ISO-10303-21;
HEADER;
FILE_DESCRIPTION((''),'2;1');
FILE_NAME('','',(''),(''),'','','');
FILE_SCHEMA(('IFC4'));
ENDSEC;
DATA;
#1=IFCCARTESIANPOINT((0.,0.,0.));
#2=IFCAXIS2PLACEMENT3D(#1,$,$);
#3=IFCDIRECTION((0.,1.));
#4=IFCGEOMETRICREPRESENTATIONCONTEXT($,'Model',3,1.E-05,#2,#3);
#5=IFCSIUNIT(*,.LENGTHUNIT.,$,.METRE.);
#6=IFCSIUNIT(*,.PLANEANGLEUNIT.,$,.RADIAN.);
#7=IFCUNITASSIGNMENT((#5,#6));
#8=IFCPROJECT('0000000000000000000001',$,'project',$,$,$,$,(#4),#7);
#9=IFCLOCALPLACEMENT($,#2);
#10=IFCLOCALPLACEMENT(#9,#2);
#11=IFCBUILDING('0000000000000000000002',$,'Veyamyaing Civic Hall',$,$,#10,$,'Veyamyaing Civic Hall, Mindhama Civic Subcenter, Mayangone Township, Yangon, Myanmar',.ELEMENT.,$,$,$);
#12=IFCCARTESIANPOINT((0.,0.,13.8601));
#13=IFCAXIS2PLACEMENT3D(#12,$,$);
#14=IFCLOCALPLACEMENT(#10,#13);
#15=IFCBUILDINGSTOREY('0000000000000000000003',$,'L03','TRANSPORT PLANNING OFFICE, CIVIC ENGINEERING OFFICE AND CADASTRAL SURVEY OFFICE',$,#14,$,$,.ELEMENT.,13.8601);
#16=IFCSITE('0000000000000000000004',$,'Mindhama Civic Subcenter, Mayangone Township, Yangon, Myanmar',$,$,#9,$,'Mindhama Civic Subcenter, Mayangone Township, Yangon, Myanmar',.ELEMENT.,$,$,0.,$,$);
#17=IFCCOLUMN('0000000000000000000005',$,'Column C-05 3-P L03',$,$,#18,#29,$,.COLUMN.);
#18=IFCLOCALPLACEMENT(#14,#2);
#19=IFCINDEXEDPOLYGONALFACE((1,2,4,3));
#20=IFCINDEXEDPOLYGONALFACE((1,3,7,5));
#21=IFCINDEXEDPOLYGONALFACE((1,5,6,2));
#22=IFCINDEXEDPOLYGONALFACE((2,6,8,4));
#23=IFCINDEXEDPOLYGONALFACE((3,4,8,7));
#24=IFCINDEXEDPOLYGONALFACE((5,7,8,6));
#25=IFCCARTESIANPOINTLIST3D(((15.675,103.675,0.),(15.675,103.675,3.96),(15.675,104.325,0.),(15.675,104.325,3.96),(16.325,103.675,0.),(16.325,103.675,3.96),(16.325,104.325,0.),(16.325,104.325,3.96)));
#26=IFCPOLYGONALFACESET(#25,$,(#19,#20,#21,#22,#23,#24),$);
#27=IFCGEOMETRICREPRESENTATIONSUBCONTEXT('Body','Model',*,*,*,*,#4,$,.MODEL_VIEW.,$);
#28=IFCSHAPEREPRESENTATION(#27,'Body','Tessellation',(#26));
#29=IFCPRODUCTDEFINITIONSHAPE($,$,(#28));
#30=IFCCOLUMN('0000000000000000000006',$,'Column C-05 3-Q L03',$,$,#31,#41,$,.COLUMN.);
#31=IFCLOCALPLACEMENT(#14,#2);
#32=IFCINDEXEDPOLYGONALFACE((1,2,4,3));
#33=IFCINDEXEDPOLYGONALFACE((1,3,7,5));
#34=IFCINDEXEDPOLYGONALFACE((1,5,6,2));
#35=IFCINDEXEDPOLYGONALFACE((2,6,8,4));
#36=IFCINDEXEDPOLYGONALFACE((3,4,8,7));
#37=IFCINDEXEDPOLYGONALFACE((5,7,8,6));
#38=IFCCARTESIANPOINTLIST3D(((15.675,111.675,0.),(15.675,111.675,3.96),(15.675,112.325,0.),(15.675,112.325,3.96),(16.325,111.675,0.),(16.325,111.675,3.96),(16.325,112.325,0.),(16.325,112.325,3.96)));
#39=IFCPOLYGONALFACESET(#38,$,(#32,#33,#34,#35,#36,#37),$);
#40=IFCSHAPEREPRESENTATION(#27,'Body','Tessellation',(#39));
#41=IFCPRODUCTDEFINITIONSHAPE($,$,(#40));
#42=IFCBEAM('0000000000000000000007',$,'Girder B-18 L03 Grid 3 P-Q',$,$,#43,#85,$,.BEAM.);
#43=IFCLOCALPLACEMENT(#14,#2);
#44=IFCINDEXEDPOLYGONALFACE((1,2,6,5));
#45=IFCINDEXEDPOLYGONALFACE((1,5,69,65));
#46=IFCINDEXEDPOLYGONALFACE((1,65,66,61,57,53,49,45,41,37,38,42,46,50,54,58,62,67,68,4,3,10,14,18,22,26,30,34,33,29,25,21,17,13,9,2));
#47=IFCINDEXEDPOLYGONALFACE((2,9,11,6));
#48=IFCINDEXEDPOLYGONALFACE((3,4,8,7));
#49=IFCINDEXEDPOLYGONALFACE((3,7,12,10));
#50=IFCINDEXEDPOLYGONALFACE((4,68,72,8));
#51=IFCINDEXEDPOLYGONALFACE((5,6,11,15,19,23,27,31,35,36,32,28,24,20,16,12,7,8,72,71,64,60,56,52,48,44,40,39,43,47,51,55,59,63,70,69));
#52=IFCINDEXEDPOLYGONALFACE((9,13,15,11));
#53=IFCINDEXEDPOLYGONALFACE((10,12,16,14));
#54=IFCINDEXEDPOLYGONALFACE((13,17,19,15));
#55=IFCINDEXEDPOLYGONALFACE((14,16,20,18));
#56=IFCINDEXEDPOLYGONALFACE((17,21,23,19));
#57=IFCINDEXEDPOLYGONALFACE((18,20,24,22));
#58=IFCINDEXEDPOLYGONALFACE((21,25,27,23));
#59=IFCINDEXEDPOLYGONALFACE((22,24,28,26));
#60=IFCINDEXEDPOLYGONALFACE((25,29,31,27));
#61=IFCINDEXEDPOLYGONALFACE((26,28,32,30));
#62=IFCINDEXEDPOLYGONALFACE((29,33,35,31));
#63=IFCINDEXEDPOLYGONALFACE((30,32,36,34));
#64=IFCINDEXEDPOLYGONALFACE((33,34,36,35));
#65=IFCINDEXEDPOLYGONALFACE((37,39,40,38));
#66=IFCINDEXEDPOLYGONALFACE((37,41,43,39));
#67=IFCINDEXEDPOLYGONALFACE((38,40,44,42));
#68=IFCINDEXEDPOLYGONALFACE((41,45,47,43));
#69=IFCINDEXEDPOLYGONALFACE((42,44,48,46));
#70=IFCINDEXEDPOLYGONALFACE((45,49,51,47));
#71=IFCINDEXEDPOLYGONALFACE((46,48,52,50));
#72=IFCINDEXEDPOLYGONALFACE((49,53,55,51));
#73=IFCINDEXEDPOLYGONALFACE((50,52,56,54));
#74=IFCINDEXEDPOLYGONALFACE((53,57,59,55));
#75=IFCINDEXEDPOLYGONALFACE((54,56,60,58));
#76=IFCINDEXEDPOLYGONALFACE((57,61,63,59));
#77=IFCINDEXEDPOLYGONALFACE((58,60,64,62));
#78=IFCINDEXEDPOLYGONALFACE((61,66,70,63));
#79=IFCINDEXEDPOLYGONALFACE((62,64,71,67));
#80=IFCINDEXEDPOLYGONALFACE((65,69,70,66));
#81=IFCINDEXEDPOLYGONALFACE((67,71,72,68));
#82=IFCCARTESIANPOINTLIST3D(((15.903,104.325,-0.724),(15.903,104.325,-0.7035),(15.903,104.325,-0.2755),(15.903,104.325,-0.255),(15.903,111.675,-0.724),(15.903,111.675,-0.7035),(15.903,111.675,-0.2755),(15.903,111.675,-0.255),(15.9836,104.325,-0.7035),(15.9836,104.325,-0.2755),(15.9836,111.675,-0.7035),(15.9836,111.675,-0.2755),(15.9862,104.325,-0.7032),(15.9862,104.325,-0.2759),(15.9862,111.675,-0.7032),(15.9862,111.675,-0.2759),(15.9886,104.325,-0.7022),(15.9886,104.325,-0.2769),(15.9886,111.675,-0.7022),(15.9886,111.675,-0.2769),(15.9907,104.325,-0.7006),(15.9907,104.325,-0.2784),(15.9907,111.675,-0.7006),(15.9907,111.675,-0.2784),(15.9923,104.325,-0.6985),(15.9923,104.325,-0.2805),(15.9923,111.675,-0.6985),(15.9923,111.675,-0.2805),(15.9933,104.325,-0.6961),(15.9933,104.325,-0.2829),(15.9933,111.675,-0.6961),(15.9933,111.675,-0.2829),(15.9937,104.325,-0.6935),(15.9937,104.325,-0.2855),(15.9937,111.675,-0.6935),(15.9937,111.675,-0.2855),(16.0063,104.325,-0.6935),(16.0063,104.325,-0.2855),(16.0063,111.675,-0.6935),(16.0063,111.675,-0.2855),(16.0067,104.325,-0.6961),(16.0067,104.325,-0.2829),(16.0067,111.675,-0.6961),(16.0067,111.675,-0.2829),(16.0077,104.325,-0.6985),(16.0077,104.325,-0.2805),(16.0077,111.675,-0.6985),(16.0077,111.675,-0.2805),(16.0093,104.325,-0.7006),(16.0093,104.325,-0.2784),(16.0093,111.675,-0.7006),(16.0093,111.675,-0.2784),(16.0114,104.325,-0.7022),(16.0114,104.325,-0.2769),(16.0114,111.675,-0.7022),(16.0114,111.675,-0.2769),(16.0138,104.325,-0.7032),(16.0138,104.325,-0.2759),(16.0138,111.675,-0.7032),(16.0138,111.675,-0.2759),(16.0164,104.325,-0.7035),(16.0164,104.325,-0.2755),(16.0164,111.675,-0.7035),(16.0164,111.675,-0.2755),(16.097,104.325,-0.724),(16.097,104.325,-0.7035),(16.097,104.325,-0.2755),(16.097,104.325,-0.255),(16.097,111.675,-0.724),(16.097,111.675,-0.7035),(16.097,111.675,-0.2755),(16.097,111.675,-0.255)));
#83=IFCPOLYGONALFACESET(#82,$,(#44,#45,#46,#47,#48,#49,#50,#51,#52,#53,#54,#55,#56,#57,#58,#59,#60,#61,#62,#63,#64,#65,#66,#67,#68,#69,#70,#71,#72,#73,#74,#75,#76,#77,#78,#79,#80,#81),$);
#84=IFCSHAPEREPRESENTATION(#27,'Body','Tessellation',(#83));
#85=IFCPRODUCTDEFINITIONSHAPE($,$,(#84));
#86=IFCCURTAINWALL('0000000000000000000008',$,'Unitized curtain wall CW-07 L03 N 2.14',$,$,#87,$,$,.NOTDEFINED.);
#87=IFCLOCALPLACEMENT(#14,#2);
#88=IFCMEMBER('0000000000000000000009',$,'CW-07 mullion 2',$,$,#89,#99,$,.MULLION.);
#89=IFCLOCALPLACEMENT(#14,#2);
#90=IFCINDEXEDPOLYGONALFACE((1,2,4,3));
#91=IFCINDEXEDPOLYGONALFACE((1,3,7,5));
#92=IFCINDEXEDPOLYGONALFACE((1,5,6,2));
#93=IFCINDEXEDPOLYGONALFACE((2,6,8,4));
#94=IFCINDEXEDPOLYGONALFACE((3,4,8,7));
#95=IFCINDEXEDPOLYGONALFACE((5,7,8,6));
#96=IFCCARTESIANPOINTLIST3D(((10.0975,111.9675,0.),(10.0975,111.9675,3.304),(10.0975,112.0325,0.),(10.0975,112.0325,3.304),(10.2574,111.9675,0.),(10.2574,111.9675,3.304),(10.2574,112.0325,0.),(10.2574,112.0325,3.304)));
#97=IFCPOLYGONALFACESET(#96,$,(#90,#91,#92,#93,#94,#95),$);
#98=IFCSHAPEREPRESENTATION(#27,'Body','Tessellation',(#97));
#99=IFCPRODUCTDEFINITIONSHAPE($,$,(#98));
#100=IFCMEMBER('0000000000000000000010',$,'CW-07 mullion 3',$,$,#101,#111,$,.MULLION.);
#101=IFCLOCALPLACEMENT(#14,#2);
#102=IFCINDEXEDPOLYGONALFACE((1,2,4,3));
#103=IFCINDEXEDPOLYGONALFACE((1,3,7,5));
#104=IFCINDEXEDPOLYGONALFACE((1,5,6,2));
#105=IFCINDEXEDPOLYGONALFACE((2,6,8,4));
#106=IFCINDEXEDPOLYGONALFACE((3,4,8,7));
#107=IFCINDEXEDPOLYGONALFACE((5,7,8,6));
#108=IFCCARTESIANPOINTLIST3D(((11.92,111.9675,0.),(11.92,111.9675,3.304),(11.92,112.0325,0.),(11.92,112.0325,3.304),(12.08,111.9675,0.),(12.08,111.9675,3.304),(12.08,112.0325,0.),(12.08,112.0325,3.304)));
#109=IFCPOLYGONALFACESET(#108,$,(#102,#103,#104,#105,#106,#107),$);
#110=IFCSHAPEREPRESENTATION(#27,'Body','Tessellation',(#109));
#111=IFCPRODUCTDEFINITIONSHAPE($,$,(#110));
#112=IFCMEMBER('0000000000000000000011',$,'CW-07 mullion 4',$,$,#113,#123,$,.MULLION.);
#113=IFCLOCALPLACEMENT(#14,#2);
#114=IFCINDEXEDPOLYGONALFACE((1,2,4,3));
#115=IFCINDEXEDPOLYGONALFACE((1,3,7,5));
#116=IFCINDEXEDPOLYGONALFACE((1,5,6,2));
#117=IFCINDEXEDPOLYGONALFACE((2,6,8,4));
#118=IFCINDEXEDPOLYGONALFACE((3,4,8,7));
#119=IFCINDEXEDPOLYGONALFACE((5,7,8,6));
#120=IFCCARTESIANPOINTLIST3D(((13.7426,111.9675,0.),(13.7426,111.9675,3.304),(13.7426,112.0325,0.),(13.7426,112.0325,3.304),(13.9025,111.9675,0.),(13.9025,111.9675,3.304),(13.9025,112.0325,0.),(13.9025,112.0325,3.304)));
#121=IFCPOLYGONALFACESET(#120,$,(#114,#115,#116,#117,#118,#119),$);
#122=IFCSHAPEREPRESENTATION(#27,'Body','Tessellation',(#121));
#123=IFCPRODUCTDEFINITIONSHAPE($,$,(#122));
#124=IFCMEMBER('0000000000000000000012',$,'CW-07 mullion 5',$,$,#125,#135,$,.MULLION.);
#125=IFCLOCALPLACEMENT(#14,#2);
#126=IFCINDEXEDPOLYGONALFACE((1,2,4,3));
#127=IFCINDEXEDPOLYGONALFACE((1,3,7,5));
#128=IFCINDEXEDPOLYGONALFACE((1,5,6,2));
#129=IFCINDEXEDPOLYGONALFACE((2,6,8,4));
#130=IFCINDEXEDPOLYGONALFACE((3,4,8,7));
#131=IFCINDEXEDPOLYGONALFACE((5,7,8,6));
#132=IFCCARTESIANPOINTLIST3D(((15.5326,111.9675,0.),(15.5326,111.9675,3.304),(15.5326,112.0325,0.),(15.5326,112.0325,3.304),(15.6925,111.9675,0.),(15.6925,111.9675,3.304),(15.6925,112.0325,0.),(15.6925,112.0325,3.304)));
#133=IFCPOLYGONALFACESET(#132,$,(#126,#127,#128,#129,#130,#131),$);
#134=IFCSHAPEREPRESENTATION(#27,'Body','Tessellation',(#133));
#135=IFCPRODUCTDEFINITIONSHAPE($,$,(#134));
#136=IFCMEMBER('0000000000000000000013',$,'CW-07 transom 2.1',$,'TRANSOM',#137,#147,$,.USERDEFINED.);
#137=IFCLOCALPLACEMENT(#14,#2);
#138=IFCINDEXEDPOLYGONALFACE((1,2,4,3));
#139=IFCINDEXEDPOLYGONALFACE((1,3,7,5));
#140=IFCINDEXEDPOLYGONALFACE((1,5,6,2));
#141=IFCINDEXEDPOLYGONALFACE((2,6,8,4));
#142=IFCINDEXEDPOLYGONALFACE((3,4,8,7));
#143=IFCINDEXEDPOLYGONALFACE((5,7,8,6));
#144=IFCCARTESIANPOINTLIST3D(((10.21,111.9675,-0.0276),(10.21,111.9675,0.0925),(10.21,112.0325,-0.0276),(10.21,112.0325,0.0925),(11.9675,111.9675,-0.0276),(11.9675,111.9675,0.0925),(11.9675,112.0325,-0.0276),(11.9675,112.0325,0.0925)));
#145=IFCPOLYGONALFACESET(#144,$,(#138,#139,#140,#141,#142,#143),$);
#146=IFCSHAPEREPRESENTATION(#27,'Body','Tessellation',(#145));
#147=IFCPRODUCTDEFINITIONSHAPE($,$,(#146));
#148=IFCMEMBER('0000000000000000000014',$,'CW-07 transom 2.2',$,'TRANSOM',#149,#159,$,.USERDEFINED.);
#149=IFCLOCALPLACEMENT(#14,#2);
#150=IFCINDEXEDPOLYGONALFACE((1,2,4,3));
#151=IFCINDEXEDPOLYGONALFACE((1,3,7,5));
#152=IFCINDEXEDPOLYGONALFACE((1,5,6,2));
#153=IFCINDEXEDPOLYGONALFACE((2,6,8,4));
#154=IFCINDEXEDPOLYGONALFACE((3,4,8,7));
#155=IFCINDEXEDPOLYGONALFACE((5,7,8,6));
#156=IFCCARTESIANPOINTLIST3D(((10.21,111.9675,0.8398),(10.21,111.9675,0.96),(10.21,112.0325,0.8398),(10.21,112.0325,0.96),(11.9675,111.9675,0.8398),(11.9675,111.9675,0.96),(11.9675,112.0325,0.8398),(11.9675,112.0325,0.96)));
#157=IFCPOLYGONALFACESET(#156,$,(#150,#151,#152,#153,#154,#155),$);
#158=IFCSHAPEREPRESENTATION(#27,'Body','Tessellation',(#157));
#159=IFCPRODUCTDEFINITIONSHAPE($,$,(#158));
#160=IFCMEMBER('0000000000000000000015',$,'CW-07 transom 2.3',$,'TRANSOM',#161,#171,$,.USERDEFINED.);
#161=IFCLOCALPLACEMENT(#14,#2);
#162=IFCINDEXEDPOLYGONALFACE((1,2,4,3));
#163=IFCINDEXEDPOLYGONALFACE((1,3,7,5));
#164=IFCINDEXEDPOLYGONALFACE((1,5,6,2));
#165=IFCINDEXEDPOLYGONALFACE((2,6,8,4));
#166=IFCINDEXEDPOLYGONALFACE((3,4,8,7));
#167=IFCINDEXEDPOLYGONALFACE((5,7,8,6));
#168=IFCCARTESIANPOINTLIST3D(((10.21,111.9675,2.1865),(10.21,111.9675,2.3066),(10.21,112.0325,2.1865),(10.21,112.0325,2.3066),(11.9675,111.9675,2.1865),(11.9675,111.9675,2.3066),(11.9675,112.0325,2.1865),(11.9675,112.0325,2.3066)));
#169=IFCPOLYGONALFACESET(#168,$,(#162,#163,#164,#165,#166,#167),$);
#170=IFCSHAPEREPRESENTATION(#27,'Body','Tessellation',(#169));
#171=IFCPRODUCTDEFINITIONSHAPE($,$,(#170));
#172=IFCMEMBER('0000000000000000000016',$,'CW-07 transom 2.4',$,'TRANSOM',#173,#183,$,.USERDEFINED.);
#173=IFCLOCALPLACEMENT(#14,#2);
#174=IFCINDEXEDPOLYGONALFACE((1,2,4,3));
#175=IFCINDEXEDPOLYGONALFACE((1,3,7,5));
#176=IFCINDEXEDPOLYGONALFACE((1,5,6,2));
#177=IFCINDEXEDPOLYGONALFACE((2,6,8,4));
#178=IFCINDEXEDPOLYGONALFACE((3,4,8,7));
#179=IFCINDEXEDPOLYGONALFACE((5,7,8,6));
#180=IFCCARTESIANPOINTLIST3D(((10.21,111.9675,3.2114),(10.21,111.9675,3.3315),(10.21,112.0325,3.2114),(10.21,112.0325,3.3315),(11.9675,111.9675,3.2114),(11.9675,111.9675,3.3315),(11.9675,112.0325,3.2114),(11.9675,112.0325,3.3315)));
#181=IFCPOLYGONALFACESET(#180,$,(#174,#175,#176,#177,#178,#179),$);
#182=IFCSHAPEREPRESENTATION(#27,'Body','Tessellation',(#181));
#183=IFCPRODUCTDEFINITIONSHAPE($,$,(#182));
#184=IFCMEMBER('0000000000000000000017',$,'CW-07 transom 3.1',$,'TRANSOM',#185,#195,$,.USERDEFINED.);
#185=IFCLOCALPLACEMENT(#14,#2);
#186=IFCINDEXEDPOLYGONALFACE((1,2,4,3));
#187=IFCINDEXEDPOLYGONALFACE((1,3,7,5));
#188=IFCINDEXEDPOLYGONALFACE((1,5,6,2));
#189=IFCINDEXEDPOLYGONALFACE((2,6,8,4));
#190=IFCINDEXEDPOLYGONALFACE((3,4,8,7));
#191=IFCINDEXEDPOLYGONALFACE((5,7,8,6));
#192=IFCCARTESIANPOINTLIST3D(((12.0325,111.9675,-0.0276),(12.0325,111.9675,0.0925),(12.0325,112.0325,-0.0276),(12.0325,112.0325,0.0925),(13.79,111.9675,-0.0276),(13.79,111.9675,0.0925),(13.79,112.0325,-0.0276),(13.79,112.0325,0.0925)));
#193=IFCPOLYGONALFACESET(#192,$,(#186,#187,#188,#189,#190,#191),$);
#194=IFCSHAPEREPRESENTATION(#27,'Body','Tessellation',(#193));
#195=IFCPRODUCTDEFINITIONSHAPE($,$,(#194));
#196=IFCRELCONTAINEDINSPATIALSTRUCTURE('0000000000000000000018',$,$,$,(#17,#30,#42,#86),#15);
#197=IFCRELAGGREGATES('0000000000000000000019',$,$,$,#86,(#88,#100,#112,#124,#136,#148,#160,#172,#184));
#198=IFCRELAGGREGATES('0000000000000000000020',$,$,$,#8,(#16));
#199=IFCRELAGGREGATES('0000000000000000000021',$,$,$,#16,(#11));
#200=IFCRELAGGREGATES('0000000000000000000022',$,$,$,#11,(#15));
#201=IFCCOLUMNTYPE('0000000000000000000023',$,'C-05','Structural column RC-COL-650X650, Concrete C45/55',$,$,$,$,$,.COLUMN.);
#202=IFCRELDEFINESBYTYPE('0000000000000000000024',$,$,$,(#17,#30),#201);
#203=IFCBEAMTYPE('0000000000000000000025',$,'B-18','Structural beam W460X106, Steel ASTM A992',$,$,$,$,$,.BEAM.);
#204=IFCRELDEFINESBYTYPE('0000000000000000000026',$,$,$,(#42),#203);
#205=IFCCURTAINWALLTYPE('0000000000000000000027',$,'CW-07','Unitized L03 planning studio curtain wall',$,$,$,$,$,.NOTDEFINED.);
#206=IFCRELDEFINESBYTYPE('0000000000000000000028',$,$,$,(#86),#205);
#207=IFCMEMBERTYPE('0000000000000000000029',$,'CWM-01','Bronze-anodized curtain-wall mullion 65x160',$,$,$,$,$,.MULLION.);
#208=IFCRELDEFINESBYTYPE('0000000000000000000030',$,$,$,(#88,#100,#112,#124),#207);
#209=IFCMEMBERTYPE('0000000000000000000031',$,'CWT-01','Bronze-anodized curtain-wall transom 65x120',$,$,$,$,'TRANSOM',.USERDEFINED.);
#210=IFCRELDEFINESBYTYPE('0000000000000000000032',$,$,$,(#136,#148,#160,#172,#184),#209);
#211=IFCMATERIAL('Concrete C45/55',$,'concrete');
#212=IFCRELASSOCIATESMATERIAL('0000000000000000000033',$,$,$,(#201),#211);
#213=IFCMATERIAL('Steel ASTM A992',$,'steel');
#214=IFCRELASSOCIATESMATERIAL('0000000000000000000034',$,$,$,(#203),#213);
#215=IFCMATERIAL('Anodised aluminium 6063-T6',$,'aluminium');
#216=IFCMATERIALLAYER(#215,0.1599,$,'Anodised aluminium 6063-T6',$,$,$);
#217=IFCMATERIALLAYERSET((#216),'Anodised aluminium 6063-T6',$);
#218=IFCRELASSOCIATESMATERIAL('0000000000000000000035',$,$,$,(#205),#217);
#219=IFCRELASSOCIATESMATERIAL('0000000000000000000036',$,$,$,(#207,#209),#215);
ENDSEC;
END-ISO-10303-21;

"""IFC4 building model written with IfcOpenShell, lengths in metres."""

from ifc_helpers import new_model, si_unit, direction, frame, origin, origin_2d, place, context, subcontext, project, spatial, rectangle, i_section, extrude, material, layer, layer_set, material_profile, profile_set, type_object, element, aggregate, save


model = new_model("IFC4")

# Units and contexts
model_context = context("Model", 3, precision=1e-05, world=origin(), true_north=direction((0.0, 1.0)))
body_context = subcontext(model_context, "Body", "Model", "MODEL_VIEW")
ifc_project = project(units=[si_unit("LENGTHUNIT", "METRE"), si_unit("PLANEANGLEUNIT", "RADIAN")], contexts=[model_context])

# Site, building, storey
site_placement = place(None, origin())
site = spatial("IfcSite", under=ifc_project, at=site_placement, Name="Mindhama Civic Subcenter, Mayangone Township, Yangon, Myanmar", LongName="Mindhama Civic Subcenter, Mayangone Township, Yangon, Myanmar", CompositionType="ELEMENT", RefElevation=0.0)
building_placement = place(site_placement, origin())
building = spatial("IfcBuilding", under=site, at=building_placement, Name="Veyamyaing Civic Hall", LongName="Veyamyaing Civic Hall, Mindhama Civic Subcenter, Mayangone Township, Yangon, Myanmar", CompositionType="ELEMENT")
storey_placement = place(building_placement, frame((0.0, 0.0, 13.8601)))
storey = spatial("IfcBuildingStorey", under=building, at=storey_placement, Name="L03", Description="TRANSPORT PLANNING OFFICE, CIVIC ENGINEERING OFFICE AND CADASTRAL SURVEY OFFICE", CompositionType="ELEMENT", Elevation=13.8601)

# Columns
ifc_material_1 = material(Name="Concrete C45/55", Category="concrete")
ifc_material_profile_1 = material_profile(ifc_material_1, rectangle(XDim=0.6499, YDim=0.6499, at=origin_2d()), Name="RC-COL-650X650")
ifc_profile_set_1 = profile_set([ifc_material_profile_1], Name="Concrete C45/55")
column_type = type_object("IfcColumnType", Name="C-05", Description="Structural column RC-COL-650X650, Concrete C45/55", PredefinedType="COLUMN", material=ifc_profile_set_1)
for number, where, z_axis, x_axis, name in (
    (1, (16.0, 104.0, 0.0), (0.0, 0.0, 1.0), (1.0, 0.0, 0.0), "Column C-05 3-P L03"),
    (2, (16.0, 112.0, 0.0), (0.0, 0.0, 1.0), (1.0, 0.0, 0.0), "Column C-05 3-Q L03"),
):
    element("IfcColumn", number, at=place(storey_placement, frame(where, z_axis=z_axis, x_axis=x_axis)), inside=storey, type_object=column_type, Name=name, PredefinedType="COLUMN", context=body_context, shape_type="SweptSolid", body=[
        extrude(rectangle(XDim=0.6499, YDim=0.6499, at=origin_2d()), origin(), (0.0, 0.0, 1.0), 3.96),
    ])

# Beam
ifc_material_2 = material(Name="Steel ASTM A992", Category="steel")
ifc_material_profile_2 = material_profile(ifc_material_2, i_section(OverallWidth=0.1941, OverallDepth=0.469, WebThickness=0.0127, FlangeThickness=0.0205, FilletRadius=0.01, at=origin_2d()), Name="W460X106")
ifc_profile_set_2 = profile_set([ifc_material_profile_2], Name="Steel ASTM A992")
beam_type_1 = type_object("IfcBeamType", Name="B-18", Description="Structural beam W460X106, Steel ASTM A992", PredefinedType="BEAM", material=ifc_profile_set_2)
beam_1_placement = place(storey_placement, frame((16.0, 104.325, -0.4895), z_axis=(0.0, 1.0, 0.0), x_axis=(-1.0, 0.0, 0.0)))
element("IfcBeam", 3, at=beam_1_placement, inside=storey, type_object=beam_type_1, Name="Girder B-18 L03 Grid 3 P-Q", PredefinedType="BEAM", context=body_context, shape_type="SweptSolid", body=[
    extrude(i_section(OverallWidth=0.1941, OverallDepth=0.469, WebThickness=0.0127, FlangeThickness=0.0205, FilletRadius=0.01, at=origin_2d()), origin(), (0.0, 0.0, 1.0), 7.3501),
])

# Curtain wall, members
ifc_material_3 = material(Name="Anodised aluminium 6063-T6", Category="aluminium")
ifc_layer_1 = layer(ifc_material_3, 0.1599, Name="Anodised aluminium 6063-T6")
ifc_layer_set_1 = layer_set([ifc_layer_1], Name="Anodised aluminium 6063-T6")
curtain_wall_type = type_object("IfcCurtainWallType", Name="CW-07", Description="Unitized L03 planning studio curtain wall", PredefinedType="NOTDEFINED", material=ifc_layer_set_1)
curtain_wall_placement = place(storey_placement, origin())
curtain_wall = element("IfcCurtainWall", 4, at=curtain_wall_placement, inside=storey, type_object=curtain_wall_type, Name="Unitized curtain wall CW-07 L03 N 2.14", PredefinedType="NOTDEFINED")
ifc_material_profile_3 = material_profile(ifc_material_3, rectangle(XDim=0.0649, YDim=0.1599, at=origin_2d()), Name="ALU-MUL-65X160")
ifc_profile_set_3 = profile_set([ifc_material_profile_3], Name="Anodised aluminium 6063-T6")
member_type_1 = type_object("IfcMemberType", Name="CWM-01", Description="Bronze-anodized curtain-wall mullion 65x160", PredefinedType="MULLION", material=ifc_profile_set_3)
member_1_placement = place(storey_placement, frame((10.1775, 112.0, 0.0), z_axis=(0.0, 0.0, 1.0), x_axis=(0.0, 1.0, 0.0)))
member_1 = element("IfcMember", 5, at=member_1_placement, type_object=member_type_1, Name="CW-07 mullion 2", PredefinedType="MULLION", context=body_context, shape_type="SweptSolid", body=[
    extrude(rectangle(XDim=0.0649, YDim=0.1599, at=origin_2d()), origin(), (0.0, 0.0, 1.0), 3.304),
])
member_2_placement = place(storey_placement, frame((12.0, 112.0, 0.0), z_axis=(0.0, 0.0, 1.0), x_axis=(0.0, 1.0, 0.0)))
member_2 = element("IfcMember", 6, at=member_2_placement, type_object=member_type_1, Name="CW-07 mullion 3", PredefinedType="MULLION", context=body_context, shape_type="SweptSolid", body=[
    extrude(rectangle(XDim=0.0649, YDim=0.1599, at=origin_2d()), origin(), (0.0, 0.0, 1.0), 3.304),
])
member_3_placement = place(storey_placement, frame((13.8225, 112.0, 0.0), z_axis=(0.0, 0.0, 1.0), x_axis=(0.0, 1.0, 0.0)))
member_3 = element("IfcMember", 7, at=member_3_placement, type_object=member_type_1, Name="CW-07 mullion 4", PredefinedType="MULLION", context=body_context, shape_type="SweptSolid", body=[
    extrude(rectangle(XDim=0.0649, YDim=0.1599, at=origin_2d()), origin(), (0.0, 0.0, 1.0), 3.304),
])
member_4_placement = place(storey_placement, frame((15.6125, 112.0, 0.0), z_axis=(0.0, 0.0, 1.0), x_axis=(0.0, 1.0, 0.0)))
member_4 = element("IfcMember", 8, at=member_4_placement, type_object=member_type_1, Name="CW-07 mullion 5", PredefinedType="MULLION", context=body_context, shape_type="SweptSolid", body=[
    extrude(rectangle(XDim=0.0649, YDim=0.1599, at=origin_2d()), origin(), (0.0, 0.0, 1.0), 3.304),
])
ifc_material_profile_4 = material_profile(ifc_material_3, rectangle(XDim=0.0649, YDim=0.1201, at=origin_2d()), Name="ALU-TRN-65X120")
ifc_profile_set_4 = profile_set([ifc_material_profile_4], Name="Anodised aluminium 6063-T6")
member_type_2 = type_object("IfcMemberType", Name="CWT-01", Description="Bronze-anodized curtain-wall transom 65x120", ElementType="TRANSOM", PredefinedType="USERDEFINED", material=ifc_profile_set_4)
member_5_placement = place(storey_placement, frame((10.21, 112.0, 0.0325), z_axis=(1.0, 0.0, 0.0), x_axis=(0.0, 1.0, 0.0)))
member_5 = element("IfcMember", 9, at=member_5_placement, type_object=member_type_2, Name="CW-07 transom 2.1", ObjectType="TRANSOM", PredefinedType="USERDEFINED", context=body_context, shape_type="SweptSolid", body=[
    extrude(rectangle(XDim=0.0649, YDim=0.1201, at=origin_2d()), origin(), (0.0, 0.0, 1.0), 1.7576),
])
member_6_placement = place(storey_placement, frame((10.21, 112.0, 0.8999), z_axis=(1.0, 0.0, 0.0), x_axis=(0.0, 1.0, 0.0)))
member_6 = element("IfcMember", 10, at=member_6_placement, type_object=member_type_2, Name="CW-07 transom 2.2", ObjectType="TRANSOM", PredefinedType="USERDEFINED", context=body_context, shape_type="SweptSolid", body=[
    extrude(rectangle(XDim=0.0649, YDim=0.1201, at=origin_2d()), origin(), (0.0, 0.0, 1.0), 1.7576),
])
member_7_placement = place(storey_placement, frame((10.21, 112.0, 2.2466), z_axis=(1.0, 0.0, 0.0), x_axis=(0.0, 1.0, 0.0)))
member_7 = element("IfcMember", 11, at=member_7_placement, type_object=member_type_2, Name="CW-07 transom 2.3", ObjectType="TRANSOM", PredefinedType="USERDEFINED", context=body_context, shape_type="SweptSolid", body=[
    extrude(rectangle(XDim=0.0649, YDim=0.1201, at=origin_2d()), origin(), (0.0, 0.0, 1.0), 1.7576),
])
member_8_placement = place(storey_placement, frame((10.21, 112.0, 3.2715), z_axis=(1.0, 0.0, 0.0), x_axis=(0.0, 1.0, 0.0)))
member_8 = element("IfcMember", 12, at=member_8_placement, type_object=member_type_2, Name="CW-07 transom 2.4", ObjectType="TRANSOM", PredefinedType="USERDEFINED", context=body_context, shape_type="SweptSolid", body=[
    extrude(rectangle(XDim=0.0649, YDim=0.1201, at=origin_2d()), origin(), (0.0, 0.0, 1.0), 1.7576),
])
member_9_placement = place(storey_placement, frame((12.0325, 112.0, 0.0325), z_axis=(1.0, 0.0, 0.0), x_axis=(0.0, 1.0, 0.0)))
member_9 = element("IfcMember", 13, at=member_9_placement, type_object=member_type_2, Name="CW-07 transom 3.1", ObjectType="TRANSOM", PredefinedType="USERDEFINED", context=body_context, shape_type="SweptSolid", body=[
    extrude(rectangle(XDim=0.0649, YDim=0.1201, at=origin_2d()), origin(), (0.0, 0.0, 1.0), 1.7576),
])

aggregate(curtain_wall, [member_1, member_2, member_3, member_4, member_5, member_6, member_7, member_8, member_9])

save(model, "model.ifc")
